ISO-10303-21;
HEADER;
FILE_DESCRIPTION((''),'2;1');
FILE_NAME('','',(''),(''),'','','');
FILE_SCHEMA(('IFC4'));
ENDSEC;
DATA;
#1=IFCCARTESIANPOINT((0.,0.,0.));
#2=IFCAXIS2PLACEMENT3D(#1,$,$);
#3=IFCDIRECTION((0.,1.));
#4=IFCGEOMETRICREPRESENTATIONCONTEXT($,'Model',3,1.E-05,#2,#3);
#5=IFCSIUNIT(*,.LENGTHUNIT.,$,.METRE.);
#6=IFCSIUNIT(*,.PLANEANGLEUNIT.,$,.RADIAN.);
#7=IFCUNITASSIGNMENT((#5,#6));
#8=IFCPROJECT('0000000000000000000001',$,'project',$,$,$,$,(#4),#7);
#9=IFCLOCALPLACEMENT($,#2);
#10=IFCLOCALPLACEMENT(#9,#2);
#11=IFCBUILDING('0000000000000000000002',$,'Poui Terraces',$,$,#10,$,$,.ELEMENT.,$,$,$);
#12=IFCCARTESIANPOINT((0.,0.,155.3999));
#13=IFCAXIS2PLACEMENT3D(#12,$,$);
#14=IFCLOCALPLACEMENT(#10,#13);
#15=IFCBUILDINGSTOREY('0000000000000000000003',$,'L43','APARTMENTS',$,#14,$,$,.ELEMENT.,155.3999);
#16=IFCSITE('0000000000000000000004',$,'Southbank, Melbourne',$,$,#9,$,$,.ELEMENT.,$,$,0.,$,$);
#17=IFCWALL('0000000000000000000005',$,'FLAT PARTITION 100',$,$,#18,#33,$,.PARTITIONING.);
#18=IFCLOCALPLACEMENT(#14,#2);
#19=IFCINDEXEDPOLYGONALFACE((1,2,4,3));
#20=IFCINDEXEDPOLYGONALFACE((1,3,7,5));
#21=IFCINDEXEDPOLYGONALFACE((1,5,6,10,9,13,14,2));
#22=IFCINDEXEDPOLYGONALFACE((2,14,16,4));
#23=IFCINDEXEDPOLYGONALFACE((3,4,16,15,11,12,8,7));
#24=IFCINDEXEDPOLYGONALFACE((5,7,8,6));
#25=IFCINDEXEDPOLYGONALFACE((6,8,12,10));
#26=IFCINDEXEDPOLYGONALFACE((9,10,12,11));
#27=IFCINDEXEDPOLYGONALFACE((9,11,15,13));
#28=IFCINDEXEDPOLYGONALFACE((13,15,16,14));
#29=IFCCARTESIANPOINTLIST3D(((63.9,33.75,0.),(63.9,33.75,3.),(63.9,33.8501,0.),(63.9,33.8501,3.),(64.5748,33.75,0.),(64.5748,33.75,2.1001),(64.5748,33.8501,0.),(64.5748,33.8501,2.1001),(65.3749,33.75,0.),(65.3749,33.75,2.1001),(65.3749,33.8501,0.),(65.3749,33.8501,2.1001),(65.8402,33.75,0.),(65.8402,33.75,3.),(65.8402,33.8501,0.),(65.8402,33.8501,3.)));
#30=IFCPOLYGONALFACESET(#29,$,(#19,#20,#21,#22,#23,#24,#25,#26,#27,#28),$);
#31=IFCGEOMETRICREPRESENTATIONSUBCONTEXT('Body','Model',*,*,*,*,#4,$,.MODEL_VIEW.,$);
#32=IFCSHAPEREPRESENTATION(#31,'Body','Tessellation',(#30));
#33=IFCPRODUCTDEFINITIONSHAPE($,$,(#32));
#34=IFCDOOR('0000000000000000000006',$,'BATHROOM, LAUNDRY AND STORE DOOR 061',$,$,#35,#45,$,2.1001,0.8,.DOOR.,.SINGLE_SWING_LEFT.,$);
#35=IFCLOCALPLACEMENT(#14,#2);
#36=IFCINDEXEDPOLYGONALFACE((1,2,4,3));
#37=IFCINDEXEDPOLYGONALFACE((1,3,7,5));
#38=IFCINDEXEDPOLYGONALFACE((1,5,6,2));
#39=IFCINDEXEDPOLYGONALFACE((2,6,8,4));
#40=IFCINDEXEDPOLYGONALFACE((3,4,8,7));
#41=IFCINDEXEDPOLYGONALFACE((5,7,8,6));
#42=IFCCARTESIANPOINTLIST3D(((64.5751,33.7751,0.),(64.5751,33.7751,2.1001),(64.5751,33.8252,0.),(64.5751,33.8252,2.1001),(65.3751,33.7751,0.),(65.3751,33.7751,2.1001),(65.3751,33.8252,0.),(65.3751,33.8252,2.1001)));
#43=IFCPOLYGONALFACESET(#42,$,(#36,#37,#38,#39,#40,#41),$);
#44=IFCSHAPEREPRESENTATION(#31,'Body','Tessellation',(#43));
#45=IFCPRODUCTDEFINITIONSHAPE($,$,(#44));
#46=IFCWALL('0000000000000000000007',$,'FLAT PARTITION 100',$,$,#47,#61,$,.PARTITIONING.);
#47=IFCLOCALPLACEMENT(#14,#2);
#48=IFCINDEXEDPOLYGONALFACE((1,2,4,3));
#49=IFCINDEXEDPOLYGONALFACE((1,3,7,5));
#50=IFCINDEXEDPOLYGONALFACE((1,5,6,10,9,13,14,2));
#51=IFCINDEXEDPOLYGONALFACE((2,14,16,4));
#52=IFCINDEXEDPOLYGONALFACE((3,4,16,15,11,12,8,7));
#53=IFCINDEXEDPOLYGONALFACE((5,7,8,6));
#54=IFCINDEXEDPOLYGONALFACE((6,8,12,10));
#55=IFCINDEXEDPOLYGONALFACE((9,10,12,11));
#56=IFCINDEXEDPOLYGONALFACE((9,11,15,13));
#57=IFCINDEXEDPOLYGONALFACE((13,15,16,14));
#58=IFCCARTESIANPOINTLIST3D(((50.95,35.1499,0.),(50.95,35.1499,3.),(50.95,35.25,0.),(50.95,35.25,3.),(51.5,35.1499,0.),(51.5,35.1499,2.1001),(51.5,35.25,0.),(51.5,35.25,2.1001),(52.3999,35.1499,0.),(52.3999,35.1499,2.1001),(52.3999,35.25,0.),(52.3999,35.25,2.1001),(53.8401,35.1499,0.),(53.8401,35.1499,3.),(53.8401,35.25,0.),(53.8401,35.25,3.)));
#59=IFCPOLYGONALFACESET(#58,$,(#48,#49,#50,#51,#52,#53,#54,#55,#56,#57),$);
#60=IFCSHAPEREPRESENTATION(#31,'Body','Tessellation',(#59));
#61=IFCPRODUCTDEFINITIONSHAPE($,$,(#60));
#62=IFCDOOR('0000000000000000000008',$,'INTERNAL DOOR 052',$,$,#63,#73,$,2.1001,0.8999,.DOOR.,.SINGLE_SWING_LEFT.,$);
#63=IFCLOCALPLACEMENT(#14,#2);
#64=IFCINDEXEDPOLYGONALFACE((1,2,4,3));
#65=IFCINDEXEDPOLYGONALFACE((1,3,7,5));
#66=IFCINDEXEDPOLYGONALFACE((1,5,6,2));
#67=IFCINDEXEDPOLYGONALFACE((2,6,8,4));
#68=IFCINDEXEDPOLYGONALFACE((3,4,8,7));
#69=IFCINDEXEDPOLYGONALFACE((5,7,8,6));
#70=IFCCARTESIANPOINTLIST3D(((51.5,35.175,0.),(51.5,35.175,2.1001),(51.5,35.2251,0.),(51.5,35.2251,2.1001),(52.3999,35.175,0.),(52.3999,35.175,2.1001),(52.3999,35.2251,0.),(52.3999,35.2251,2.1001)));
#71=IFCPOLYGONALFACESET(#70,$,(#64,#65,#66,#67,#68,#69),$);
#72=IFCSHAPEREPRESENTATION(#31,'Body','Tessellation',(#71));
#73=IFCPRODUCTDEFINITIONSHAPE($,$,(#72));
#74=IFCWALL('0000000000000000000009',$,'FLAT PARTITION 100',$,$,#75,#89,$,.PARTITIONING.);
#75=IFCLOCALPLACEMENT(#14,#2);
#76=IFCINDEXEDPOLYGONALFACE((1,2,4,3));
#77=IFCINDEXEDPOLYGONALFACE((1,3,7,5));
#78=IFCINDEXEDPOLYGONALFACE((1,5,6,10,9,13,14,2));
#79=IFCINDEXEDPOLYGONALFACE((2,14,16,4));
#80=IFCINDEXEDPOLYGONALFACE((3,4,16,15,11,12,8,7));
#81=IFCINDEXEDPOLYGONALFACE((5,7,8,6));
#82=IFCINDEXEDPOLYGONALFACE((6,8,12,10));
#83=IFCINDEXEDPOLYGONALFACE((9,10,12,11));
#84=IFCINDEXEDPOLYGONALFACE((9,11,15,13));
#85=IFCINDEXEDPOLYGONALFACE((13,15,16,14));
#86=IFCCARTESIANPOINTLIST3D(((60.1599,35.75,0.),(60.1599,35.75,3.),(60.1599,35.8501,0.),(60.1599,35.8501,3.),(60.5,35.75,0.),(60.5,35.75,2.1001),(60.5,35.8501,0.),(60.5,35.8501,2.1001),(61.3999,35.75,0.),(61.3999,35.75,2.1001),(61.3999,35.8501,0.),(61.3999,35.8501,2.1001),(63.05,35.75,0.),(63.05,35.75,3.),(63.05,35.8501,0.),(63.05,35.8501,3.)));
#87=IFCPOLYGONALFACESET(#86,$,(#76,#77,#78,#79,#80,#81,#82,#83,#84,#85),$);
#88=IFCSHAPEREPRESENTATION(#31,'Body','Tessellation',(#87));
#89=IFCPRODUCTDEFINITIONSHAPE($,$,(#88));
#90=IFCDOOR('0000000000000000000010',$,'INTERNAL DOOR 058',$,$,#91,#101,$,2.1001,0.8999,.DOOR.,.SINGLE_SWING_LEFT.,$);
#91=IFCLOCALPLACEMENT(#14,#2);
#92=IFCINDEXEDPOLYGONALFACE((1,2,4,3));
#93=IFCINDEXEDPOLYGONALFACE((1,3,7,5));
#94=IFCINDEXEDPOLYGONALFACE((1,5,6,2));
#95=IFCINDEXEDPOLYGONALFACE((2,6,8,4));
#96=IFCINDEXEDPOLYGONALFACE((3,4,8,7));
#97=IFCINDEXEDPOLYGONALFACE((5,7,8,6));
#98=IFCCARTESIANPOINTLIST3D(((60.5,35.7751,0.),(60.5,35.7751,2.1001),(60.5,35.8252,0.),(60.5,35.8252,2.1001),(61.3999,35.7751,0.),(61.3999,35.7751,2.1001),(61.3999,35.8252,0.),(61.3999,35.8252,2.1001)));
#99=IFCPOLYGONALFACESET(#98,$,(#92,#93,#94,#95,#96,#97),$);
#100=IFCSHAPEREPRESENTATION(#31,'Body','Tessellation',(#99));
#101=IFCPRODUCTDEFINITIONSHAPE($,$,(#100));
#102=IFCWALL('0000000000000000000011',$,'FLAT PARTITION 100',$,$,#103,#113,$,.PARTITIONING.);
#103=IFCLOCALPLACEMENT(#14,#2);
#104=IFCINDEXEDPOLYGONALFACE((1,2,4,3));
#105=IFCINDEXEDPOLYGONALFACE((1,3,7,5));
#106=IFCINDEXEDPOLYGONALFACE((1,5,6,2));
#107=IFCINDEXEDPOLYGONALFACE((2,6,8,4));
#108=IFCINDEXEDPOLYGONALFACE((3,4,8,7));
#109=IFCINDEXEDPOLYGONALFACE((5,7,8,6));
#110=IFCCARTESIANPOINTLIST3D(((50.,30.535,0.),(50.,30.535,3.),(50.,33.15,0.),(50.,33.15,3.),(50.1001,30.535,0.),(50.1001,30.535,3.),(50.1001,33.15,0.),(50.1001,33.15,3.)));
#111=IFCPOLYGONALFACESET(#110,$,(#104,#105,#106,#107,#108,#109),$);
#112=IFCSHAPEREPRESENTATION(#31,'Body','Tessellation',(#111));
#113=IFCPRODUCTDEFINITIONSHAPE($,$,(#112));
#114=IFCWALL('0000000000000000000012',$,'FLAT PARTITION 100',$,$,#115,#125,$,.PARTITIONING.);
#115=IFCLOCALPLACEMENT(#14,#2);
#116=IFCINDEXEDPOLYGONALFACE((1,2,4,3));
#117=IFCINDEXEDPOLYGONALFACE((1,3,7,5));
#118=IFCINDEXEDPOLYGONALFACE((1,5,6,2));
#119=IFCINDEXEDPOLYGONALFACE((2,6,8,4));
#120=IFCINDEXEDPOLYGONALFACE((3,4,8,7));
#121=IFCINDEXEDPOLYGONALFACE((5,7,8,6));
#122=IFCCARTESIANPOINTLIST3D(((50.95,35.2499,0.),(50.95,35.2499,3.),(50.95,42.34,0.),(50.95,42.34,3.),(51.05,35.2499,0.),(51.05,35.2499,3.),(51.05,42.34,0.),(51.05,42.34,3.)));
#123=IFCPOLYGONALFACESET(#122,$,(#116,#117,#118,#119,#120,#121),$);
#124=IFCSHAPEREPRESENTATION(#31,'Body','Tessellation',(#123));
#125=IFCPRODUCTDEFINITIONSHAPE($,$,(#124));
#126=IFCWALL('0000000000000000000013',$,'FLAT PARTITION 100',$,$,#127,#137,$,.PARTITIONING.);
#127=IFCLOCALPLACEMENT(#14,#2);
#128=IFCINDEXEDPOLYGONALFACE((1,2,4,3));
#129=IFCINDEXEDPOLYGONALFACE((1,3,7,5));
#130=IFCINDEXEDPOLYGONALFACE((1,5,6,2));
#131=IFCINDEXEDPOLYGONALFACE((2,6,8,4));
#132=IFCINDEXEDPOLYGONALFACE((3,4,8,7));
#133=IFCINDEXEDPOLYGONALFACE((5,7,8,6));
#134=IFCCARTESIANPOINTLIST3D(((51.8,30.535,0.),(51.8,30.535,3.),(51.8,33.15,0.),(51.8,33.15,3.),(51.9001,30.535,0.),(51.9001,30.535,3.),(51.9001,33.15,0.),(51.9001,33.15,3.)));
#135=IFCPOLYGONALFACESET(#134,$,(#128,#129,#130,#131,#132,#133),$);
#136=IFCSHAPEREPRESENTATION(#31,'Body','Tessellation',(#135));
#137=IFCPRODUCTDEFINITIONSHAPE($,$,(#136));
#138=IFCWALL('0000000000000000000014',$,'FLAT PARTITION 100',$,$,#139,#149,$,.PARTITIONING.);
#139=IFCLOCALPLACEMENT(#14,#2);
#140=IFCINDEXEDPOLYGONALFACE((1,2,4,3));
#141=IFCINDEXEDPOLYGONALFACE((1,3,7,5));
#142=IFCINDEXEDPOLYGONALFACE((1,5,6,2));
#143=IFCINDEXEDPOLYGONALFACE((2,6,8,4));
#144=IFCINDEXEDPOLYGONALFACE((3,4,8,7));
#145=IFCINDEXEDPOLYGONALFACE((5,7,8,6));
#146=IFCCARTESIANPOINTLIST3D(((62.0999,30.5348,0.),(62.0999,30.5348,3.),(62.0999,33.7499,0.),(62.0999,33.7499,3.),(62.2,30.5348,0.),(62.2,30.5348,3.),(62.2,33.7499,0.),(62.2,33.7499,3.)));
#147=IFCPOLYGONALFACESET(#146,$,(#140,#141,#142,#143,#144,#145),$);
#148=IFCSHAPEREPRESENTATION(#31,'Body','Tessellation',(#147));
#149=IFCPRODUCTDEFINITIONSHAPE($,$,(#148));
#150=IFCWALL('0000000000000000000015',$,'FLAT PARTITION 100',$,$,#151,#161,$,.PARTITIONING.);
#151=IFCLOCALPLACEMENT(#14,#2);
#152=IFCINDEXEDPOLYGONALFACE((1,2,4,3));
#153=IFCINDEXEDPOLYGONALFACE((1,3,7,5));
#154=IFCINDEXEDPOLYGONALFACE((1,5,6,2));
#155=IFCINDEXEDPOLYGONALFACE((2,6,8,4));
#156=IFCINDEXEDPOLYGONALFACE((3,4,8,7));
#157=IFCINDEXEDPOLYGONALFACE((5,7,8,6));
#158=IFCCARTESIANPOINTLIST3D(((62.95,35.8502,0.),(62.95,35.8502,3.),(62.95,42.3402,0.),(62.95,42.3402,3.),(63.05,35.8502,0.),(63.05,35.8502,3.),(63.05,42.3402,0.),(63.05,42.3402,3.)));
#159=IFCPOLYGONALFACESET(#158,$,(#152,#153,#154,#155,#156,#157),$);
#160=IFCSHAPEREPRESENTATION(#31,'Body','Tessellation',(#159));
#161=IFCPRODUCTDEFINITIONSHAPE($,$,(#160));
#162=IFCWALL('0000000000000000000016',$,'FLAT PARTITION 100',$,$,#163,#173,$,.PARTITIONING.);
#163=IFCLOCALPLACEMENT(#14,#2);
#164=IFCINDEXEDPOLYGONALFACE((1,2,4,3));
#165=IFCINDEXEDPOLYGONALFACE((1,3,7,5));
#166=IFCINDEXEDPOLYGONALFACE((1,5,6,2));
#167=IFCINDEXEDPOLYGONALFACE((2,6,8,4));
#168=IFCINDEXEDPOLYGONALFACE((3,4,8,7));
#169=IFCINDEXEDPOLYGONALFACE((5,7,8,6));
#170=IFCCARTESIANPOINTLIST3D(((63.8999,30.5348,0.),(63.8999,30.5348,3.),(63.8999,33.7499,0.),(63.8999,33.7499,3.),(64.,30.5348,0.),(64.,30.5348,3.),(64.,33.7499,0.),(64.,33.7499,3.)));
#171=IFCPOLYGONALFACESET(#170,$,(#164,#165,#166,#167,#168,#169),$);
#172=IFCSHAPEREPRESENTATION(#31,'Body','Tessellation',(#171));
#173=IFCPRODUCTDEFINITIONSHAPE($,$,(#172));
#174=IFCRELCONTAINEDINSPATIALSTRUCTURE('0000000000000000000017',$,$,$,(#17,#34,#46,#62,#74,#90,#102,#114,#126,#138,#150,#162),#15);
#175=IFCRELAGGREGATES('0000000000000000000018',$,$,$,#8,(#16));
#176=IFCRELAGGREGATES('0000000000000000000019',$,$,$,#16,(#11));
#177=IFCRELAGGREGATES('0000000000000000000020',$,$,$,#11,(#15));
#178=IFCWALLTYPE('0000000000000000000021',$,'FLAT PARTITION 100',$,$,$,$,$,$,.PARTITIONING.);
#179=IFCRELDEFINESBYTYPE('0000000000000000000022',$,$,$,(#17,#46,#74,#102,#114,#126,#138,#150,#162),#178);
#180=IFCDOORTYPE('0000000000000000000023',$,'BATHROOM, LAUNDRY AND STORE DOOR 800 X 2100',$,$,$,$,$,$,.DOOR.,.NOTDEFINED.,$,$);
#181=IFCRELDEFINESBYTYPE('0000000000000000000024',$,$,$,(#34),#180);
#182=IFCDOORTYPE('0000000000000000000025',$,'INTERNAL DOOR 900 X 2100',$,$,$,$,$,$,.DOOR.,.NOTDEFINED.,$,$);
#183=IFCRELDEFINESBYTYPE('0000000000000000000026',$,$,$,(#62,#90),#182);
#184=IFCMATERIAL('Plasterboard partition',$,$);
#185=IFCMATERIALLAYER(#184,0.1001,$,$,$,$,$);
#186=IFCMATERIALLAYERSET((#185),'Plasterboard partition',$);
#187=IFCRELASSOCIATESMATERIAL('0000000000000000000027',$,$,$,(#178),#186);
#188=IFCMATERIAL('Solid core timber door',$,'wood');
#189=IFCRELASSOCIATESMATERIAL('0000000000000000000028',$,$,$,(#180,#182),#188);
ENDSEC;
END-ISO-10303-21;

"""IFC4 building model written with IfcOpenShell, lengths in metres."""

from ifc_helpers import new_model, si_unit, direction, frame, frame_2d, origin, place, context, subcontext, project, spatial, rectangle, extrude, material, layer, layer_set, type_object, element, fill, save


model = new_model("IFC4")

# Units and contexts
model_context = context("Model", 3, precision=1e-05, world=origin(), true_north=direction((0.0, 1.0)))
body_context = subcontext(model_context, "Body", "Model", "MODEL_VIEW")
ifc_project = project(units=[si_unit("LENGTHUNIT", "METRE"), si_unit("PLANEANGLEUNIT", "RADIAN")], contexts=[model_context])

# Site, building, storey
site_placement = place(None, origin())
site = spatial("IfcSite", under=ifc_project, at=site_placement, Name="Southbank, Melbourne", CompositionType="ELEMENT", RefElevation=0.0)
building_placement = place(site_placement, origin())
building = spatial("IfcBuilding", under=site, at=building_placement, Name="Poui Terraces", CompositionType="ELEMENT")
storey_placement = place(building_placement, frame((0.0, 0.0, 155.3999)))
storey = spatial("IfcBuildingStorey", under=building, at=storey_placement, Name="L43", Description="APARTMENTS", CompositionType="ELEMENT", Elevation=155.3999)

# Walls, openings, doors
ifc_material_1 = material(Name="Plasterboard partition")
ifc_layer_1 = layer(ifc_material_1, 0.1001)
ifc_layer_set_1 = layer_set([ifc_layer_1], Name="Plasterboard partition")
wall_type_1 = type_object("IfcWallType", Name="FLAT PARTITION 100", PredefinedType="PARTITIONING", material=ifc_layer_set_1)
ifc_material_2 = material(Name="Solid core timber door", Category="wood")
door_type_1 = type_object("IfcDoorType", Name="BATHROOM, LAUNDRY AND STORE DOOR 800 X 2100", OperationType="NOTDEFINED", PredefinedType="DOOR", material=ifc_material_2)
door_type_2 = type_object("IfcDoorType", Name="INTERNAL DOOR 900 X 2100", OperationType="NOTDEFINED", PredefinedType="DOOR", material=ifc_material_2)
wall_1_placement = place(storey_placement, frame((63.8999, 33.8, 0.0), z_axis=(0.0, 0.0, 1.0), x_axis=(1.0, 0.0, 0.0)))
wall_1 = element("IfcWall", 1, at=wall_1_placement, inside=storey, type_object=wall_type_1, Name="FLAT PARTITION 100", PredefinedType="PARTITIONING", context=body_context, shape_type="SweptSolid", body=[
    extrude(rectangle(XDim=1.9402, YDim=0.1001, at=frame_2d((0.9702, 0.0))), origin(), (0.0, 0.0, 1.0), 3.0),
])
opening_1_placement = place(wall_1_placement, frame((0.675, 0.0, 0.0)))
opening_1 = element("IfcOpeningElement", 2, at=opening_1_placement, cuts=wall_1, PredefinedType="OPENING", context=body_context, shape_type="SweptSolid", body=[
    extrude(rectangle(XDim=0.8, YDim=2.1001, at=frame_2d((0.3999, 1.05))), frame((0.0, 0.0601, 0.0), z_axis=(0.0, -1.0, 0.0), x_axis=(1.0, 0.0, 0.0)), (0.0, 0.0, 1.0), 0.1201),
])
door_1_placement = place(opening_1_placement, frame((0.8, 0.0, 0.0), z_axis=(0.0, 0.0, 1.0), x_axis=(-1.0, 0.0, 0.0)))
door_1 = element("IfcDoor", 3, at=door_1_placement, inside=storey, type_object=door_type_1, Name="BATHROOM, LAUNDRY AND STORE DOOR 061", OperationType="SINGLE_SWING_LEFT", OverallHeight=2.1001, OverallWidth=0.8, PredefinedType="DOOR", context=body_context, shape_type="SweptSolid", body=[
    extrude(rectangle(XDim=0.8, YDim=2.1001, at=frame_2d((0.3999, 1.05))), frame((0.0, 0.0249, 0.0), z_axis=(0.0, -1.0, 0.0), x_axis=(1.0, 0.0, 0.0)), (0.0, 0.0, 1.0), 0.05),
])
fill(opening_1, door_1)
wall_2_placement = place(storey_placement, frame((50.95, 35.2, 0.0), z_axis=(0.0, 0.0, 1.0), x_axis=(1.0, 0.0, 0.0)))
wall_2 = element("IfcWall", 4, at=wall_2_placement, inside=storey, type_object=wall_type_1, Name="FLAT PARTITION 100", PredefinedType="PARTITIONING", context=body_context, shape_type="SweptSolid", body=[
    extrude(rectangle(XDim=2.8901, YDim=0.1001, at=frame_2d((1.4451, 0.0))), origin(), (0.0, 0.0, 1.0), 3.0),
])
opening_2_placement = place(wall_2_placement, frame((0.55, 0.0, 0.0)))
opening_2 = element("IfcOpeningElement", 5, at=opening_2_placement, cuts=wall_2, PredefinedType="OPENING", context=body_context, shape_type="SweptSolid", body=[
    extrude(rectangle(XDim=0.8999, YDim=2.1001, at=frame_2d((0.45, 1.05))), frame((0.0, 0.0601, 0.0), z_axis=(0.0, -1.0, 0.0), x_axis=(1.0, 0.0, 0.0)), (0.0, 0.0, 1.0), 0.1201),
])
door_2_placement = place(opening_2_placement, frame((0.8999, 0.0, 0.0), z_axis=(0.0, 0.0, 1.0), x_axis=(-1.0, 0.0, 0.0)))
door_2 = element("IfcDoor", 6, at=door_2_placement, inside=storey, type_object=door_type_2, Name="INTERNAL DOOR 052", OperationType="SINGLE_SWING_LEFT", OverallHeight=2.1001, OverallWidth=0.8999, PredefinedType="DOOR", context=body_context, shape_type="SweptSolid", body=[
    extrude(rectangle(XDim=0.8999, YDim=2.1001, at=frame_2d((0.45, 1.05))), frame((0.0, 0.0249, 0.0), z_axis=(0.0, -1.0, 0.0), x_axis=(1.0, 0.0, 0.0)), (0.0, 0.0, 1.0), 0.05),
])
fill(opening_2, door_2)
wall_3_placement = place(storey_placement, frame((60.1599, 35.8, 0.0), z_axis=(0.0, 0.0, 1.0), x_axis=(1.0, 0.0, 0.0)))
wall_3 = element("IfcWall", 7, at=wall_3_placement, inside=storey, type_object=wall_type_1, Name="FLAT PARTITION 100", PredefinedType="PARTITIONING", context=body_context, shape_type="SweptSolid", body=[
    extrude(rectangle(XDim=2.8901, YDim=0.1001, at=frame_2d((1.4451, 0.0))), origin(), (0.0, 0.0, 1.0), 3.0),
])
opening_3_placement = place(wall_3_placement, frame((0.3401, 0.0, 0.0)))
opening_3 = element("IfcOpeningElement", 8, at=opening_3_placement, cuts=wall_3, PredefinedType="OPENING", context=body_context, shape_type="SweptSolid", body=[
    extrude(rectangle(XDim=0.8999, YDim=2.1001, at=frame_2d((0.45, 1.05))), frame((0.0, 0.0601, 0.0), z_axis=(0.0, -1.0, 0.0), x_axis=(1.0, 0.0, 0.0)), (0.0, 0.0, 1.0), 0.1201),
])
door_3_placement = place(opening_3_placement, frame((0.8999, 0.0, 0.0), z_axis=(0.0, 0.0, 1.0), x_axis=(-1.0, 0.0, 0.0)))
door_3 = element("IfcDoor", 9, at=door_3_placement, inside=storey, type_object=door_type_2, Name="INTERNAL DOOR 058", OperationType="SINGLE_SWING_LEFT", OverallHeight=2.1001, OverallWidth=0.8999, PredefinedType="DOOR", context=body_context, shape_type="SweptSolid", body=[
    extrude(rectangle(XDim=0.8999, YDim=2.1001, at=frame_2d((0.45, 1.05))), frame((0.0, 0.0249, 0.0), z_axis=(0.0, -1.0, 0.0), x_axis=(1.0, 0.0, 0.0)), (0.0, 0.0, 1.0), 0.05),
])
fill(opening_3, door_3)

# Walls
wall_4_placement = place(storey_placement, frame((50.05, 30.5349, 0.0), z_axis=(0.0, 0.0, 1.0), x_axis=(0.0, 1.0, 0.0)))
element("IfcWall", 10, at=wall_4_placement, inside=storey, type_object=wall_type_1, Name="FLAT PARTITION 100", PredefinedType="PARTITIONING", context=body_context, shape_type="SweptSolid", body=[
    extrude(rectangle(XDim=2.615, YDim=0.1001, at=frame_2d((1.3076, 0.0))), origin(), (0.0, 0.0, 1.0), 3.0),
])
wall_5_placement = place(storey_placement, frame((51.0, 35.25, 0.0), z_axis=(0.0, 0.0, 1.0), x_axis=(0.0, 1.0, 0.0)))
element("IfcWall", 11, at=wall_5_placement, inside=storey, type_object=wall_type_1, Name="FLAT PARTITION 100", PredefinedType="PARTITIONING", context=body_context, shape_type="SweptSolid", body=[
    extrude(rectangle(XDim=7.0901, YDim=0.1001, at=frame_2d((3.5449, 0.0))), origin(), (0.0, 0.0, 1.0), 3.0),
])
wall_6_placement = place(storey_placement, frame((51.8501, 30.5349, 0.0), z_axis=(0.0, 0.0, 1.0), x_axis=(0.0, 1.0, 0.0)))
element("IfcWall", 12, at=wall_6_placement, inside=storey, type_object=wall_type_1, Name="FLAT PARTITION 100", PredefinedType="PARTITIONING", context=body_context, shape_type="SweptSolid", body=[
    extrude(rectangle(XDim=2.615, YDim=0.1001, at=frame_2d((1.3076, 0.0))), origin(), (0.0, 0.0, 1.0), 3.0),
])
wall_7_placement = place(storey_placement, frame((62.1499, 30.5349, 0.0), z_axis=(0.0, 0.0, 1.0), x_axis=(0.0, 1.0, 0.0)))
element("IfcWall", 13, at=wall_7_placement, inside=storey, type_object=wall_type_1, Name="FLAT PARTITION 100", PredefinedType="PARTITIONING", context=body_context, shape_type="SweptSolid", body=[
    extrude(rectangle(XDim=3.2151, YDim=0.1001, at=frame_2d((1.6074, 0.0))), origin(), (0.0, 0.0, 1.0), 3.0),
])
wall_8_placement = place(storey_placement, frame((63.0, 35.8501, 0.0), z_axis=(0.0, 0.0, 1.0), x_axis=(0.0, 1.0, 0.0)))
element("IfcWall", 14, at=wall_8_placement, inside=storey, type_object=wall_type_1, Name="FLAT PARTITION 100", PredefinedType="PARTITIONING", context=body_context, shape_type="SweptSolid", body=[
    extrude(rectangle(XDim=6.49, YDim=0.1001, at=frame_2d((3.2451, 0.0))), origin(), (0.0, 0.0, 1.0), 3.0),
])
wall_9_placement = place(storey_placement, frame((63.95, 30.5349, 0.0), z_axis=(0.0, 0.0, 1.0), x_axis=(0.0, 1.0, 0.0)))
element("IfcWall", 15, at=wall_9_placement, inside=storey, type_object=wall_type_1, Name="FLAT PARTITION 100", PredefinedType="PARTITIONING", context=body_context, shape_type="SweptSolid", body=[
    extrude(rectangle(XDim=3.2151, YDim=0.1001, at=frame_2d((1.6074, 0.0))), origin(), (0.0, 0.0, 1.0), 3.0),
])

save(model, "model.ifc")
